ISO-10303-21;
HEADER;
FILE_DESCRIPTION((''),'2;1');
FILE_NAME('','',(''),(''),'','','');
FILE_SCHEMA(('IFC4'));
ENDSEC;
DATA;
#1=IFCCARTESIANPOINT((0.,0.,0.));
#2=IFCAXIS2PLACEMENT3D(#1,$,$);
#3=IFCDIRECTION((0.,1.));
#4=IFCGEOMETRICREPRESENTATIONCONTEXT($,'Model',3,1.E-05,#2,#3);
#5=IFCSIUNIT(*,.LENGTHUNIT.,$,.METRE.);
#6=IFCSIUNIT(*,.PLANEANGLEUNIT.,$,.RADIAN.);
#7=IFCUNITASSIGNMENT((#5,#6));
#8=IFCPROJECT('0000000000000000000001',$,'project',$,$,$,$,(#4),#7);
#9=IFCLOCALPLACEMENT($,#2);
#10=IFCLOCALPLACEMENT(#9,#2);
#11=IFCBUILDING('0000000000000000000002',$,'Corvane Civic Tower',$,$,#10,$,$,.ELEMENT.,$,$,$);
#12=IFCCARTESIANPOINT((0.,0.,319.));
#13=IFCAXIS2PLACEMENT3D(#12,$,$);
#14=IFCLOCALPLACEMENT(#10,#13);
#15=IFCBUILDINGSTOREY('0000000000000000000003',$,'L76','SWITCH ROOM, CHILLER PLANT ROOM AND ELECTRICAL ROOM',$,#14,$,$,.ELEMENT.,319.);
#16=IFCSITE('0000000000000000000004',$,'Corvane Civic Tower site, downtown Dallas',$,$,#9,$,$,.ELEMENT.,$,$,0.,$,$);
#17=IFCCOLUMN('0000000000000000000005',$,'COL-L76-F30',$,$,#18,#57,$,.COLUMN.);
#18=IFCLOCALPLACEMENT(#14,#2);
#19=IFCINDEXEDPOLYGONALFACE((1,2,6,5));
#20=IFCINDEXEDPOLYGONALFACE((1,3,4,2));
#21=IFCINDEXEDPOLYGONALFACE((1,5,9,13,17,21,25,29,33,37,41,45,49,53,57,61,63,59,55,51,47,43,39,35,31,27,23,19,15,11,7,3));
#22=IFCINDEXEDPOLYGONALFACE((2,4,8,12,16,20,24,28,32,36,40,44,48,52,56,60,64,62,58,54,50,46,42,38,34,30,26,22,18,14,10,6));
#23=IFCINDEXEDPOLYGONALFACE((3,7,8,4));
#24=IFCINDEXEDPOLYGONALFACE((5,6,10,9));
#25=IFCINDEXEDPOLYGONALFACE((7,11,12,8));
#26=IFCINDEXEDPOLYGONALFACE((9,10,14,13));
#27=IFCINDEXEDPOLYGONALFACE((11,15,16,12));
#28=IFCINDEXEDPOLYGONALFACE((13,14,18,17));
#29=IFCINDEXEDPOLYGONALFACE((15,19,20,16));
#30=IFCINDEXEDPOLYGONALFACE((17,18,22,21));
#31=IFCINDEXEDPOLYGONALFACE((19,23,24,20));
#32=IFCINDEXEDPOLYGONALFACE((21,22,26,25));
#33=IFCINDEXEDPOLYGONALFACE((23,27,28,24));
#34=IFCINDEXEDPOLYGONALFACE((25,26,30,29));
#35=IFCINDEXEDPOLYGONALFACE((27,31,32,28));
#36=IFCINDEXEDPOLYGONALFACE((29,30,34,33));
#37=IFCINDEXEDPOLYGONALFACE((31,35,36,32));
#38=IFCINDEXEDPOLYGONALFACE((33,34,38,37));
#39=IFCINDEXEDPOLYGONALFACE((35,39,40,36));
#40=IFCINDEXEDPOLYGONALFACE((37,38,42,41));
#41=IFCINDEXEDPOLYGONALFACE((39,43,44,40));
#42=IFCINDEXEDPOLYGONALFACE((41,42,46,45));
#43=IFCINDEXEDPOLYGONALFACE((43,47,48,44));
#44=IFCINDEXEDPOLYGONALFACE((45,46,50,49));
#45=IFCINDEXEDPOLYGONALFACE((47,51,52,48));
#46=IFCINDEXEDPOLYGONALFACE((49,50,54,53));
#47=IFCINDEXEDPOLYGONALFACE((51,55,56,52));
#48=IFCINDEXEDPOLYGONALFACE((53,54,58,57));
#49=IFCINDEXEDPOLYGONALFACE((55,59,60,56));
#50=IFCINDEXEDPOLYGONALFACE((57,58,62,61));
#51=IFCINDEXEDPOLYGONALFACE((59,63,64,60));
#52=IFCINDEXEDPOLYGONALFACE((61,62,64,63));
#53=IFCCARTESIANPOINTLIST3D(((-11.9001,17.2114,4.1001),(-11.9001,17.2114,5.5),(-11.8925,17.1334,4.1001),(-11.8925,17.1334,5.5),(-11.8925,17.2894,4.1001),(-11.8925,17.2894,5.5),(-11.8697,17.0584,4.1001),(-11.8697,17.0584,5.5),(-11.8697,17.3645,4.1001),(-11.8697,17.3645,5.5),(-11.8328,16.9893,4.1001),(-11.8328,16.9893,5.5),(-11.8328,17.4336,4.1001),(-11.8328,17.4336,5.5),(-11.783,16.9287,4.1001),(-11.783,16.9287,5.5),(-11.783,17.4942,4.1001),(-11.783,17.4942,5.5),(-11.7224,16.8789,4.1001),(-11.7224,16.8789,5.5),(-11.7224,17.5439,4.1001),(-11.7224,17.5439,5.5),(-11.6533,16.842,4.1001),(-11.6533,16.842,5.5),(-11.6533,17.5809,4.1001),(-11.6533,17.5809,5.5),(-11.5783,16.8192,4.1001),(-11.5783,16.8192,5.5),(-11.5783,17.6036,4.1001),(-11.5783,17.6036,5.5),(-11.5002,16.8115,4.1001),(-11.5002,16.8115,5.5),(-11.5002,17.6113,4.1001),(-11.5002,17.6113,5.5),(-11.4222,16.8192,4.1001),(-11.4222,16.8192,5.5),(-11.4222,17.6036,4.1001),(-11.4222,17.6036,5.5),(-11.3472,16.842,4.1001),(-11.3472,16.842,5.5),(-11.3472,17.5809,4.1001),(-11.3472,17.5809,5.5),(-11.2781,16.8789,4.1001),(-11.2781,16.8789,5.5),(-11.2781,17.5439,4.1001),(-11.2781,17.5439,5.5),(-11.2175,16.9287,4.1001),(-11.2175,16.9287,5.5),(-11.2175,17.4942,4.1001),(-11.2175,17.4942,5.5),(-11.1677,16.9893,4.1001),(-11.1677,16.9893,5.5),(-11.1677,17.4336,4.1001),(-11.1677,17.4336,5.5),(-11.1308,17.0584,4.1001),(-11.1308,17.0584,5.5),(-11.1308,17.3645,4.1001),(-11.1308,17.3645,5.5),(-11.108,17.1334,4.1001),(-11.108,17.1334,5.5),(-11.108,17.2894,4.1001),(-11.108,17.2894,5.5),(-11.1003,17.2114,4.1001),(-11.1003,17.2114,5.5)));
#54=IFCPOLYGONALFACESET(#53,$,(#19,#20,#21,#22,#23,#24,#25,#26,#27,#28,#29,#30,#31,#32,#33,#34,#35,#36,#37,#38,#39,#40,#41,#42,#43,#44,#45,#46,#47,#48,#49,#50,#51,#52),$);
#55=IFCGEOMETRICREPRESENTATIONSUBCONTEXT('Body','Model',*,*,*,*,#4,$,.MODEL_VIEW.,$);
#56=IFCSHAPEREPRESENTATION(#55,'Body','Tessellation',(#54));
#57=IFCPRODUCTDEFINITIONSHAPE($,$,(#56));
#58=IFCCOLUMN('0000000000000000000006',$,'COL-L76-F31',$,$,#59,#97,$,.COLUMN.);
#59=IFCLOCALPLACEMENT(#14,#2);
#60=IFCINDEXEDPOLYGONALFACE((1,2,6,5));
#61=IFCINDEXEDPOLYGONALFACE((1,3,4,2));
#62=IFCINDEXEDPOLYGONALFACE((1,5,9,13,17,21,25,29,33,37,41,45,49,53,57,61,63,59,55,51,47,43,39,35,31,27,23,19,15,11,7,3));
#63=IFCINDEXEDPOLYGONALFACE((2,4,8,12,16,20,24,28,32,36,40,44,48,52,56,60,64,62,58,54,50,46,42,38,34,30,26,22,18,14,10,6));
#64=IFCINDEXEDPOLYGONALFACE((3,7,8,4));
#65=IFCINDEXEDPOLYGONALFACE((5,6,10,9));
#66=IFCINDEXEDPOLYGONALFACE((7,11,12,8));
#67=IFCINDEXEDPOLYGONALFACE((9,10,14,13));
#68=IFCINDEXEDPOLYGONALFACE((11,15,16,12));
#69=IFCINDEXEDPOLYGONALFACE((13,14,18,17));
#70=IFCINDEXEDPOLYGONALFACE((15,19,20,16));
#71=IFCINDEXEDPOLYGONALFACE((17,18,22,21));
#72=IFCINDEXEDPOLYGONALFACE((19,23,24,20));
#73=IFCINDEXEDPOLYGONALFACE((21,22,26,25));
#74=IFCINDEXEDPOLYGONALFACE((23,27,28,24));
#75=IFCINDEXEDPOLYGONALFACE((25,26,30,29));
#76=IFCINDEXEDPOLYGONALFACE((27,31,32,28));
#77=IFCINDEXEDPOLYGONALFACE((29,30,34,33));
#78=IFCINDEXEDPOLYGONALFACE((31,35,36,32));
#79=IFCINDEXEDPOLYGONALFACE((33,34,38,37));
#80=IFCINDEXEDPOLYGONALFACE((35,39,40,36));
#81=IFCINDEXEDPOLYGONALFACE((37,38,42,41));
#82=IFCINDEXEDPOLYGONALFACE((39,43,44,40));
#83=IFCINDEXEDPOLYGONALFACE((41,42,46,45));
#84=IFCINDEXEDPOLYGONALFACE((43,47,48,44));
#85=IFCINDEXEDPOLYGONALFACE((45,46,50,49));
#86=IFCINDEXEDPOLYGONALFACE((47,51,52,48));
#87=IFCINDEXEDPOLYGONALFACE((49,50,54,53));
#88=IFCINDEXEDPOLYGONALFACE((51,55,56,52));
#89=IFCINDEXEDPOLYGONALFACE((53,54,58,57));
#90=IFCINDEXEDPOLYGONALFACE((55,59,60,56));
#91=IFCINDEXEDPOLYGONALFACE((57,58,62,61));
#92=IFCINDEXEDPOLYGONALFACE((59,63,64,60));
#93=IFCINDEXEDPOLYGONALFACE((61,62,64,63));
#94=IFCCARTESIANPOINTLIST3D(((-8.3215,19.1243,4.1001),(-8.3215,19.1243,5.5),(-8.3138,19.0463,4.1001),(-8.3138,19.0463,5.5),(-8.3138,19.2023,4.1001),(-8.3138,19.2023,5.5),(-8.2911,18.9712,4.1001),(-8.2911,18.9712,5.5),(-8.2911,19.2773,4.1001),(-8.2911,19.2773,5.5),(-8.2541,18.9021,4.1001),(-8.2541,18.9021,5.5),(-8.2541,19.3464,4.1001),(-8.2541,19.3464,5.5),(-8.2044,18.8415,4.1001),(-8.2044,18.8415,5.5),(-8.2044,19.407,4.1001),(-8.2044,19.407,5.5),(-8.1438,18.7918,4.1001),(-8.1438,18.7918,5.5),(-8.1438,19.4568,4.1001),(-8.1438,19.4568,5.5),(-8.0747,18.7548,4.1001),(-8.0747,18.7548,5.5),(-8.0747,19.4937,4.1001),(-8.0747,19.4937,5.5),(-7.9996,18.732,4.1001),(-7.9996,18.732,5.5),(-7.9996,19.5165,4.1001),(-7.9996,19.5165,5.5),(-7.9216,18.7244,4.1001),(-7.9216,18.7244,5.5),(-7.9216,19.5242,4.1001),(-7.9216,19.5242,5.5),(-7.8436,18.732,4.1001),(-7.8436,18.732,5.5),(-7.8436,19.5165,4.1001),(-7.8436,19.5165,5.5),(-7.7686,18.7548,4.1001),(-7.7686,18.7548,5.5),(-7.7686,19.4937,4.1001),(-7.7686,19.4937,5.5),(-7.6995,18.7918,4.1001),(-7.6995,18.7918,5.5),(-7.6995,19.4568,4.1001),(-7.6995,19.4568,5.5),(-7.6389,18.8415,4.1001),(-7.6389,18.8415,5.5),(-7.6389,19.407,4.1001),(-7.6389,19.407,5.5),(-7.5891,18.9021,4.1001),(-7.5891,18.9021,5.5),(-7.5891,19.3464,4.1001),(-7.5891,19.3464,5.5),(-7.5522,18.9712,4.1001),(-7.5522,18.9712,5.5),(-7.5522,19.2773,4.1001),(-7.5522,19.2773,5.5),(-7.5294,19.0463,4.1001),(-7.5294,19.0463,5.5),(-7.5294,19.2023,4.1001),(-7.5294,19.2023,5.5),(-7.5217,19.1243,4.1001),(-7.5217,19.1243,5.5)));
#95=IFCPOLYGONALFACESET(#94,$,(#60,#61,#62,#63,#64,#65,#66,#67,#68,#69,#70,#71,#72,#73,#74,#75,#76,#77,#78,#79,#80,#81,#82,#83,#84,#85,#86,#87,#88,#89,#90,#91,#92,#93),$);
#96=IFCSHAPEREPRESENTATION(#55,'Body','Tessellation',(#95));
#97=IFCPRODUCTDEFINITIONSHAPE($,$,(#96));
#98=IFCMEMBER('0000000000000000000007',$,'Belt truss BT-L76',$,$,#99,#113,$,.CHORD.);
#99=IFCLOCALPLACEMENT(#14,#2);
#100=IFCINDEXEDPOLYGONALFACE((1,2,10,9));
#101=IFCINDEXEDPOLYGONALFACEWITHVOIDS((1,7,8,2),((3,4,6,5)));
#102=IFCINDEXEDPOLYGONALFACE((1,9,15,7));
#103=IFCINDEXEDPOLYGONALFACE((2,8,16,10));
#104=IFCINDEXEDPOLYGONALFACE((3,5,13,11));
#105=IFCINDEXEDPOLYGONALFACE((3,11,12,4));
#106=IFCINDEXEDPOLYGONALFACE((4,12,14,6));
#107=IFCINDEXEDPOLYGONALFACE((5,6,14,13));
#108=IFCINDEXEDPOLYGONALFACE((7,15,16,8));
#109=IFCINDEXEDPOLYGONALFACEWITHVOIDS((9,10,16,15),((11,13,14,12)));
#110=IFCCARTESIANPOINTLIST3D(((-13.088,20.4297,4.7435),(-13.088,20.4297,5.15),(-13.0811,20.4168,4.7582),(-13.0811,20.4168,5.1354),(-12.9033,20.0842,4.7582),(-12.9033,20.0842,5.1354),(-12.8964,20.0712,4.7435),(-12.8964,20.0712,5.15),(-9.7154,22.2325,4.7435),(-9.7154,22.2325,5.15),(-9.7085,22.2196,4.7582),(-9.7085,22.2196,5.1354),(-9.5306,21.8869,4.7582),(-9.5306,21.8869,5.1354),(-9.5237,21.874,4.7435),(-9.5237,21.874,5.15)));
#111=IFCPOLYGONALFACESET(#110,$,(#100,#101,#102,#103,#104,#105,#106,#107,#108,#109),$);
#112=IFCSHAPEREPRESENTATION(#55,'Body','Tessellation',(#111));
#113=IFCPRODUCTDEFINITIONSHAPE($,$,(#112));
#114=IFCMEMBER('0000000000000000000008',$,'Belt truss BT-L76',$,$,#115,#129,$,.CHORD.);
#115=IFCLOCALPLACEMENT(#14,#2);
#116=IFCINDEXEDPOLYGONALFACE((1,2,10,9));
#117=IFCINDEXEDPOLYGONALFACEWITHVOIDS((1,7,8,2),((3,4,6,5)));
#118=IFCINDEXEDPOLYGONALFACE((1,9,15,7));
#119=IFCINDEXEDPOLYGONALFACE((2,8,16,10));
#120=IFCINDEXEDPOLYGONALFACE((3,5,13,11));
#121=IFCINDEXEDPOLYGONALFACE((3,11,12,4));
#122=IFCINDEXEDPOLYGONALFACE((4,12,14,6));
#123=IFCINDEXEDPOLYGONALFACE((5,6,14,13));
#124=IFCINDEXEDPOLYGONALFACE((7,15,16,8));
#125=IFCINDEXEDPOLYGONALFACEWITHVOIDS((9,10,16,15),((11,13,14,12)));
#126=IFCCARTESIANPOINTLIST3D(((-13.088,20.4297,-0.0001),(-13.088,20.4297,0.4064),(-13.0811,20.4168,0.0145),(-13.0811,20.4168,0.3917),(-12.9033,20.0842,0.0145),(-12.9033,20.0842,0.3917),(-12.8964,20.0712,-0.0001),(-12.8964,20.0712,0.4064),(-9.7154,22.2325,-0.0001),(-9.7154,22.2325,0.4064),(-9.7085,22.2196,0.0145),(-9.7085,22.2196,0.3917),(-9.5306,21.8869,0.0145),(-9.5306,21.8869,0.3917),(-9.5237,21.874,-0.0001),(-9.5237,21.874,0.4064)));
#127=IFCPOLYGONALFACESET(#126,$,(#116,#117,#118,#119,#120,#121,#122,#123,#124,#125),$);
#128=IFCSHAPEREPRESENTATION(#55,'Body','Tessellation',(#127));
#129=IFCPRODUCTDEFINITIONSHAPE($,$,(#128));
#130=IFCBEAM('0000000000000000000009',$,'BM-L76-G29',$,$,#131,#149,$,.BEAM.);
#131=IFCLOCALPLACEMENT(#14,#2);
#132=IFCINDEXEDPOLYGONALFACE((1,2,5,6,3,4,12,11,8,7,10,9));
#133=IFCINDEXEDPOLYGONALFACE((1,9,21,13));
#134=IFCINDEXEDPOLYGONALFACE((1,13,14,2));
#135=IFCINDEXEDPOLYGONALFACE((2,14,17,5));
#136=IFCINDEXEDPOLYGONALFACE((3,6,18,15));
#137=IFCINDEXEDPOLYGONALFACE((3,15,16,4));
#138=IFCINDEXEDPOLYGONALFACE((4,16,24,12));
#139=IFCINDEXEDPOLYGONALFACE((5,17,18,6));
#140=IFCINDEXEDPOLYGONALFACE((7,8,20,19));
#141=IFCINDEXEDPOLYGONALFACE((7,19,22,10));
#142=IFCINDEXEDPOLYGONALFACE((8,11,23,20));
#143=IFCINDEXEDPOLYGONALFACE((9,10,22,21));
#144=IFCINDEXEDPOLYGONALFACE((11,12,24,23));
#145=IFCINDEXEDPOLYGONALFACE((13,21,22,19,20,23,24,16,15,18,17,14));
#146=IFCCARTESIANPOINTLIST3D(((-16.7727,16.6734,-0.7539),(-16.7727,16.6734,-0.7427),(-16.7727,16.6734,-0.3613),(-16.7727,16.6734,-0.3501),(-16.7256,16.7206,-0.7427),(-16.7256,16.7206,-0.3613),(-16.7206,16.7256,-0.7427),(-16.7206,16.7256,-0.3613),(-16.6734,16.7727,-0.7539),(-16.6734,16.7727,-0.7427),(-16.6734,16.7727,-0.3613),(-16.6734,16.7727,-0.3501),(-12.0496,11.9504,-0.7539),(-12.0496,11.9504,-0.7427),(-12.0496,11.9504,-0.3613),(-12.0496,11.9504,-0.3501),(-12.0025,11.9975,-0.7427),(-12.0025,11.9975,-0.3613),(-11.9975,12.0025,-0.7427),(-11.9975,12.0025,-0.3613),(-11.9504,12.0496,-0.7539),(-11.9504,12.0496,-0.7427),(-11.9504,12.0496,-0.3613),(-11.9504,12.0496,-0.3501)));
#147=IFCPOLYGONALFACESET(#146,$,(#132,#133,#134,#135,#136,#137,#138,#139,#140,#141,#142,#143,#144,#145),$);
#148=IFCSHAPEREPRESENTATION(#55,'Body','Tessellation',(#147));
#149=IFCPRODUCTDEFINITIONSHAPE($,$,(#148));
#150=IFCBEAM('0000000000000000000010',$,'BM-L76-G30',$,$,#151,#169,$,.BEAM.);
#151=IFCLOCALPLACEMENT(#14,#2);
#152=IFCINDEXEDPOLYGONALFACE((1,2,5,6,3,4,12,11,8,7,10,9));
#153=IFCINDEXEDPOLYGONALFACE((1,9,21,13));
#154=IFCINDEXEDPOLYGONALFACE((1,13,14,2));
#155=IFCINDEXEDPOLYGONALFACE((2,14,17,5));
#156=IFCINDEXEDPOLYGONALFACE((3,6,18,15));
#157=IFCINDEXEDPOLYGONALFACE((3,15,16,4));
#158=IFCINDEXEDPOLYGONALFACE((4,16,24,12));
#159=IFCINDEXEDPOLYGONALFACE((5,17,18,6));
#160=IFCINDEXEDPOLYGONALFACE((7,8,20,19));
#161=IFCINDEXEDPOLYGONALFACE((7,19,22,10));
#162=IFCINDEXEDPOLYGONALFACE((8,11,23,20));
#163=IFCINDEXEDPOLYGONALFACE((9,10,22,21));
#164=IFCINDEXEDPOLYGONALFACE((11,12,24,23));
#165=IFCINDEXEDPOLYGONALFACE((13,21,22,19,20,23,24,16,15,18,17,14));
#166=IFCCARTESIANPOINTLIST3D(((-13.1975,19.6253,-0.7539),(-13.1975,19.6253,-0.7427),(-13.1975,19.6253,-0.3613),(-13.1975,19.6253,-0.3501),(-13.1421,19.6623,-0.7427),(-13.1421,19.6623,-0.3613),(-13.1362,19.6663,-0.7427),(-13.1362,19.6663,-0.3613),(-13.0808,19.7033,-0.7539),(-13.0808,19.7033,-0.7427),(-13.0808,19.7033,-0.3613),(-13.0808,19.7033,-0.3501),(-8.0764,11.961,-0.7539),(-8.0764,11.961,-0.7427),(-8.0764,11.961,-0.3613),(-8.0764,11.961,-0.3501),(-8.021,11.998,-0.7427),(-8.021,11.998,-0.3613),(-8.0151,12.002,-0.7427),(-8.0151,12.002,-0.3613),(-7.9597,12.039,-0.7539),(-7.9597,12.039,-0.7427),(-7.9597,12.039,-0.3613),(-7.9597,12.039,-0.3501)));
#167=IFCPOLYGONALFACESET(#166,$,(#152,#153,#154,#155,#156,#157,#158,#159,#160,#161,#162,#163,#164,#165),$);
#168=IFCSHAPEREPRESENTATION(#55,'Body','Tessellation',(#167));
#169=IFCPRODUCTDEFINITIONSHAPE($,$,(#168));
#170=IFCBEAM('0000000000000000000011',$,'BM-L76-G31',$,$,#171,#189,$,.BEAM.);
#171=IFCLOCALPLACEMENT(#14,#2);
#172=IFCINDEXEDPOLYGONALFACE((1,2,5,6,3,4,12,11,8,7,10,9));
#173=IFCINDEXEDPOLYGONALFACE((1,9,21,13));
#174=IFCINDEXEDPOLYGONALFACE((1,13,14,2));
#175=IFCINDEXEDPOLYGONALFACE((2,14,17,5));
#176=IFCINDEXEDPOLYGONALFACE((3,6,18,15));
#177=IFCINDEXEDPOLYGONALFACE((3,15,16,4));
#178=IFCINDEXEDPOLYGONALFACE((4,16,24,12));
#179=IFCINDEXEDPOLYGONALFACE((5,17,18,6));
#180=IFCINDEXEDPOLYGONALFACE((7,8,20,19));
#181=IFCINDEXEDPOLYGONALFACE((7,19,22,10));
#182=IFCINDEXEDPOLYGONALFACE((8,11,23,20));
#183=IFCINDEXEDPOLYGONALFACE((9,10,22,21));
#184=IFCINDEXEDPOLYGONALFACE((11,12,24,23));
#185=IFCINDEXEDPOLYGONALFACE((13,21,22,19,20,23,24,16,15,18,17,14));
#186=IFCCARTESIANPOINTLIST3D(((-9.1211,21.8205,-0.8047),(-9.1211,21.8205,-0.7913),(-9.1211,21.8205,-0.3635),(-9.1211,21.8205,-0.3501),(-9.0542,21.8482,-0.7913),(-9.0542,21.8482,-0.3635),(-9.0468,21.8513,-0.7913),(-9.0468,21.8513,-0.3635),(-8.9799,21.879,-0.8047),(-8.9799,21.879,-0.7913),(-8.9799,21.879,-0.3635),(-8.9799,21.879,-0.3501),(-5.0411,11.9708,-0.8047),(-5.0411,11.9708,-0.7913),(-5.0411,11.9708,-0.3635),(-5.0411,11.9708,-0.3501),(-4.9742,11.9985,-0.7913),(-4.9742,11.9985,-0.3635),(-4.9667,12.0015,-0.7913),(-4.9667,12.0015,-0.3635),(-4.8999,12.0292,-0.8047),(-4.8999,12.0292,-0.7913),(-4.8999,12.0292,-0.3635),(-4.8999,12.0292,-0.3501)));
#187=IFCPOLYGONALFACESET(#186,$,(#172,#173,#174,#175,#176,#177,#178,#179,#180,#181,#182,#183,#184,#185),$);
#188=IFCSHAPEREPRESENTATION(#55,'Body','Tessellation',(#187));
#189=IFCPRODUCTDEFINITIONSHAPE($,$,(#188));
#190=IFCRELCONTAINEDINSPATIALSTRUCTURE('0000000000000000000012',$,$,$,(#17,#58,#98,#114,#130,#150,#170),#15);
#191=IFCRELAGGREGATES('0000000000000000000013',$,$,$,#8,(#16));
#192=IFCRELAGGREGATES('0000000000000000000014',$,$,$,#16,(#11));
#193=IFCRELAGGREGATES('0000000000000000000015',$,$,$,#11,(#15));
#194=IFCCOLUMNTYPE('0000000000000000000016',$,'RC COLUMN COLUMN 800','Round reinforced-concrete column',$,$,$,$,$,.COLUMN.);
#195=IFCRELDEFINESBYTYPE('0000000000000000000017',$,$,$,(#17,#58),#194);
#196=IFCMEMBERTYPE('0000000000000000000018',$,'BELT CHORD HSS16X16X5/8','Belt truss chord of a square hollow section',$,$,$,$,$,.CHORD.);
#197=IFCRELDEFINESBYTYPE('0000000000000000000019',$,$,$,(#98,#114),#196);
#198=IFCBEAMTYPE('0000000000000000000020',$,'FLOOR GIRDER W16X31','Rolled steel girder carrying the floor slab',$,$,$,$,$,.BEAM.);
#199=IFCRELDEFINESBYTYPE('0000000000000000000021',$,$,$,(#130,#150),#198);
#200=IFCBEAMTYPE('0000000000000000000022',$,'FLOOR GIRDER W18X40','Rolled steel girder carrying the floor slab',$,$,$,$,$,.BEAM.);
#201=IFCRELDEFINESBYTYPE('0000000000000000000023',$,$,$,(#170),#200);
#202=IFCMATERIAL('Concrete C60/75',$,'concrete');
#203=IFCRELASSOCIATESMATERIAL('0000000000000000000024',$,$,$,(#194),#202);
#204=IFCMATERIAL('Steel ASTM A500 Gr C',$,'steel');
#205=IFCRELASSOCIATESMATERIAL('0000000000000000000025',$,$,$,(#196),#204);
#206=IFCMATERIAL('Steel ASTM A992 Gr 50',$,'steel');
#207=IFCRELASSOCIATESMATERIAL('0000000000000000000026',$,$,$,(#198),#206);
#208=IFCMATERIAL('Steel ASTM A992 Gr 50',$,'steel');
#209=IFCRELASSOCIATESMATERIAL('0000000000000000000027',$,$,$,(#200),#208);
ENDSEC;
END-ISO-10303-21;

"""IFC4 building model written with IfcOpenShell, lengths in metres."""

from ifc_helpers import new_model, si_unit, direction, frame, origin, origin_2d, place, context, subcontext, project, spatial, hollow_rectangle, circle, i_section, extrude, material, material_profile, profile_set, type_object, element, save


model = new_model("IFC4")

# Units and contexts
model_context = context("Model", 3, precision=1e-05, world=origin(), true_north=direction((0.0, 1.0)))
body_context = subcontext(model_context, "Body", "Model", "MODEL_VIEW")
ifc_project = project(units=[si_unit("LENGTHUNIT", "METRE"), si_unit("PLANEANGLEUNIT", "RADIAN")], contexts=[model_context])

# Site, building, storey
site_placement = place(None, origin())
site = spatial("IfcSite", under=ifc_project, at=site_placement, Name="Corvane Civic Tower site, downtown Dallas", CompositionType="ELEMENT", RefElevation=0.0)
building_placement = place(site_placement, origin())
building = spatial("IfcBuilding", under=site, at=building_placement, Name="Corvane Civic Tower", CompositionType="ELEMENT")
storey_placement = place(building_placement, frame((0.0, 0.0, 319.0)))
storey = spatial("IfcBuildingStorey", under=building, at=storey_placement, Name="L76", Description="SWITCH ROOM, CHILLER PLANT ROOM AND ELECTRICAL ROOM", CompositionType="ELEMENT", Elevation=319.0)

# Columns
ifc_material_1 = material(Name="Concrete C60/75", Category="concrete")
ifc_material_profile_1 = material_profile(ifc_material_1, circle(Radius=0.3999, at=origin_2d()), Name="COLUMN 800")
ifc_profile_set_1 = profile_set([ifc_material_profile_1], Name="Concrete C60/75")
column_type = type_object("IfcColumnType", Name="RC COLUMN COLUMN 800", Description="Round reinforced-concrete column", PredefinedType="COLUMN", material=ifc_profile_set_1)
for number, where, z_axis, x_axis, name in (
    (1, (-11.5002, 17.2114, 4.1001), (0.0, 0.0, 1.0), (1.0, 0.0, 0.0), "COL-L76-F30"),
    (2, (-7.9216, 19.1243, 4.1001), (0.0, 0.0, 1.0), (1.0, 0.0, 0.0), "COL-L76-F31"),
):
    element("IfcColumn", number, at=place(storey_placement, frame(where, z_axis=z_axis, x_axis=x_axis)), inside=storey, type_object=column_type, Name=name, PredefinedType="COLUMN", context=body_context, shape_type="SweptSolid", body=[
        extrude(circle(Radius=0.3999, at=origin_2d()), origin(), (0.0, 0.0, 1.0), 1.3999),
    ])

# Members
ifc_material_2 = material(Name="Steel ASTM A500 Gr C", Category="steel")
ifc_material_profile_2 = material_profile(ifc_material_2, hollow_rectangle(XDim=0.4065, YDim=0.4065, WallThickness=0.0146, at=origin_2d()), Name="HSS16X16X5/8")
ifc_profile_set_2 = profile_set([ifc_material_profile_2], Name="Steel ASTM A500 Gr C")
member_type = type_object("IfcMemberType", Name="BELT CHORD HSS16X16X5/8", Description="Belt truss chord of a square hollow section", PredefinedType="CHORD", material=ifc_profile_set_2)
for number, where, z_axis, x_axis, name in (
    (3, (-12.9922, 20.2505, 4.9468), (0.881914, 0.47141, 0.0), (-0.47141, 0.881914, 0.0), "Belt truss BT-L76"),
    (4, (-12.9922, 20.2505, 0.2031), (0.881914, 0.47141, 0.0), (-0.47141, 0.881914, 0.0), "Belt truss BT-L76"),
):
    element("IfcMember", number, at=place(storey_placement, frame(where, z_axis=z_axis, x_axis=x_axis)), inside=storey, type_object=member_type, Name=name, PredefinedType="CHORD", context=body_context, shape_type="SweptSolid", body=[
        extrude(hollow_rectangle(XDim=0.4065, YDim=0.4065, WallThickness=0.0146, at=origin_2d()), origin(), (0.0, 0.0, 1.0), 3.8242),
    ])

# Beams
ifc_material_3 = material(Name="Steel ASTM A992 Gr 50", Category="steel")
ifc_material_profile_3 = material_profile(ifc_material_3, i_section(OverallWidth=0.1404, OverallDepth=0.4038, WebThickness=0.0071, FlangeThickness=0.0112, at=origin_2d()), Name="W16X31")
ifc_profile_set_3 = profile_set([ifc_material_profile_3], Name="Steel ASTM A992 Gr 50")
beam_type_1 = type_object("IfcBeamType", Name="FLOOR GIRDER W16X31", Description="Rolled steel girder carrying the floor slab", PredefinedType="BEAM", material=ifc_profile_set_3)
beam_1_placement = place(storey_placement, frame((-12.0, 12.0, -0.552), z_axis=(-0.707107, 0.707107, 0.0), x_axis=(-0.707107, -0.707107, 0.0)))
element("IfcBeam", 5, at=beam_1_placement, inside=storey, type_object=beam_type_1, Name="BM-L76-G29", PredefinedType="BEAM", context=body_context, shape_type="SweptSolid", body=[
    extrude(i_section(OverallWidth=0.1404, OverallDepth=0.4038, WebThickness=0.0071, FlangeThickness=0.0112, at=origin_2d()), origin(), (0.0, 0.0, 1.0), 6.6794),
])
beam_2_placement = place(storey_placement, frame((-8.0181, 12.0, -0.552), z_axis=(-0.555568, 0.831471, 0.0), x_axis=(-0.831471, -0.555568, 0.0)))
element("IfcBeam", 6, at=beam_2_placement, inside=storey, type_object=beam_type_1, Name="BM-L76-G30", PredefinedType="BEAM", context=body_context, shape_type="SweptSolid", body=[
    extrude(i_section(OverallWidth=0.1404, OverallDepth=0.4038, WebThickness=0.0071, FlangeThickness=0.0112, at=origin_2d()), origin(), (0.0, 0.0, 1.0), 9.2178),
])
ifc_material_4 = material(Name="Steel ASTM A992 Gr 50", Category="steel")
ifc_material_profile_4 = material_profile(ifc_material_4, i_section(OverallWidth=0.1528, OverallDepth=0.4546, WebThickness=0.0081, FlangeThickness=0.0134, at=origin_2d()), Name="W18X40")
ifc_profile_set_4 = profile_set([ifc_material_profile_4], Name="Steel ASTM A992 Gr 50")
beam_type_2 = type_object("IfcBeamType", Name="FLOOR GIRDER W18X40", Description="Rolled steel girder carrying the floor slab", PredefinedType="BEAM", material=ifc_profile_set_4)
beam_3_placement = place(storey_placement, frame((-4.9705, 12.0, -0.5774), z_axis=(-0.382694, 0.923875, 0.0), x_axis=(-0.923875, -0.382694, 0.0)))
element("IfcBeam", 7, at=beam_3_placement, inside=storey, type_object=beam_type_2, Name="BM-L76-G31", PredefinedType="BEAM", context=body_context, shape_type="SweptSolid", body=[
    extrude(i_section(OverallWidth=0.1528, OverallDepth=0.4546, WebThickness=0.0081, FlangeThickness=0.0134, at=origin_2d()), origin(), (0.0, 0.0, 1.0), 10.6614),
])

save(model, "model.ifc")
